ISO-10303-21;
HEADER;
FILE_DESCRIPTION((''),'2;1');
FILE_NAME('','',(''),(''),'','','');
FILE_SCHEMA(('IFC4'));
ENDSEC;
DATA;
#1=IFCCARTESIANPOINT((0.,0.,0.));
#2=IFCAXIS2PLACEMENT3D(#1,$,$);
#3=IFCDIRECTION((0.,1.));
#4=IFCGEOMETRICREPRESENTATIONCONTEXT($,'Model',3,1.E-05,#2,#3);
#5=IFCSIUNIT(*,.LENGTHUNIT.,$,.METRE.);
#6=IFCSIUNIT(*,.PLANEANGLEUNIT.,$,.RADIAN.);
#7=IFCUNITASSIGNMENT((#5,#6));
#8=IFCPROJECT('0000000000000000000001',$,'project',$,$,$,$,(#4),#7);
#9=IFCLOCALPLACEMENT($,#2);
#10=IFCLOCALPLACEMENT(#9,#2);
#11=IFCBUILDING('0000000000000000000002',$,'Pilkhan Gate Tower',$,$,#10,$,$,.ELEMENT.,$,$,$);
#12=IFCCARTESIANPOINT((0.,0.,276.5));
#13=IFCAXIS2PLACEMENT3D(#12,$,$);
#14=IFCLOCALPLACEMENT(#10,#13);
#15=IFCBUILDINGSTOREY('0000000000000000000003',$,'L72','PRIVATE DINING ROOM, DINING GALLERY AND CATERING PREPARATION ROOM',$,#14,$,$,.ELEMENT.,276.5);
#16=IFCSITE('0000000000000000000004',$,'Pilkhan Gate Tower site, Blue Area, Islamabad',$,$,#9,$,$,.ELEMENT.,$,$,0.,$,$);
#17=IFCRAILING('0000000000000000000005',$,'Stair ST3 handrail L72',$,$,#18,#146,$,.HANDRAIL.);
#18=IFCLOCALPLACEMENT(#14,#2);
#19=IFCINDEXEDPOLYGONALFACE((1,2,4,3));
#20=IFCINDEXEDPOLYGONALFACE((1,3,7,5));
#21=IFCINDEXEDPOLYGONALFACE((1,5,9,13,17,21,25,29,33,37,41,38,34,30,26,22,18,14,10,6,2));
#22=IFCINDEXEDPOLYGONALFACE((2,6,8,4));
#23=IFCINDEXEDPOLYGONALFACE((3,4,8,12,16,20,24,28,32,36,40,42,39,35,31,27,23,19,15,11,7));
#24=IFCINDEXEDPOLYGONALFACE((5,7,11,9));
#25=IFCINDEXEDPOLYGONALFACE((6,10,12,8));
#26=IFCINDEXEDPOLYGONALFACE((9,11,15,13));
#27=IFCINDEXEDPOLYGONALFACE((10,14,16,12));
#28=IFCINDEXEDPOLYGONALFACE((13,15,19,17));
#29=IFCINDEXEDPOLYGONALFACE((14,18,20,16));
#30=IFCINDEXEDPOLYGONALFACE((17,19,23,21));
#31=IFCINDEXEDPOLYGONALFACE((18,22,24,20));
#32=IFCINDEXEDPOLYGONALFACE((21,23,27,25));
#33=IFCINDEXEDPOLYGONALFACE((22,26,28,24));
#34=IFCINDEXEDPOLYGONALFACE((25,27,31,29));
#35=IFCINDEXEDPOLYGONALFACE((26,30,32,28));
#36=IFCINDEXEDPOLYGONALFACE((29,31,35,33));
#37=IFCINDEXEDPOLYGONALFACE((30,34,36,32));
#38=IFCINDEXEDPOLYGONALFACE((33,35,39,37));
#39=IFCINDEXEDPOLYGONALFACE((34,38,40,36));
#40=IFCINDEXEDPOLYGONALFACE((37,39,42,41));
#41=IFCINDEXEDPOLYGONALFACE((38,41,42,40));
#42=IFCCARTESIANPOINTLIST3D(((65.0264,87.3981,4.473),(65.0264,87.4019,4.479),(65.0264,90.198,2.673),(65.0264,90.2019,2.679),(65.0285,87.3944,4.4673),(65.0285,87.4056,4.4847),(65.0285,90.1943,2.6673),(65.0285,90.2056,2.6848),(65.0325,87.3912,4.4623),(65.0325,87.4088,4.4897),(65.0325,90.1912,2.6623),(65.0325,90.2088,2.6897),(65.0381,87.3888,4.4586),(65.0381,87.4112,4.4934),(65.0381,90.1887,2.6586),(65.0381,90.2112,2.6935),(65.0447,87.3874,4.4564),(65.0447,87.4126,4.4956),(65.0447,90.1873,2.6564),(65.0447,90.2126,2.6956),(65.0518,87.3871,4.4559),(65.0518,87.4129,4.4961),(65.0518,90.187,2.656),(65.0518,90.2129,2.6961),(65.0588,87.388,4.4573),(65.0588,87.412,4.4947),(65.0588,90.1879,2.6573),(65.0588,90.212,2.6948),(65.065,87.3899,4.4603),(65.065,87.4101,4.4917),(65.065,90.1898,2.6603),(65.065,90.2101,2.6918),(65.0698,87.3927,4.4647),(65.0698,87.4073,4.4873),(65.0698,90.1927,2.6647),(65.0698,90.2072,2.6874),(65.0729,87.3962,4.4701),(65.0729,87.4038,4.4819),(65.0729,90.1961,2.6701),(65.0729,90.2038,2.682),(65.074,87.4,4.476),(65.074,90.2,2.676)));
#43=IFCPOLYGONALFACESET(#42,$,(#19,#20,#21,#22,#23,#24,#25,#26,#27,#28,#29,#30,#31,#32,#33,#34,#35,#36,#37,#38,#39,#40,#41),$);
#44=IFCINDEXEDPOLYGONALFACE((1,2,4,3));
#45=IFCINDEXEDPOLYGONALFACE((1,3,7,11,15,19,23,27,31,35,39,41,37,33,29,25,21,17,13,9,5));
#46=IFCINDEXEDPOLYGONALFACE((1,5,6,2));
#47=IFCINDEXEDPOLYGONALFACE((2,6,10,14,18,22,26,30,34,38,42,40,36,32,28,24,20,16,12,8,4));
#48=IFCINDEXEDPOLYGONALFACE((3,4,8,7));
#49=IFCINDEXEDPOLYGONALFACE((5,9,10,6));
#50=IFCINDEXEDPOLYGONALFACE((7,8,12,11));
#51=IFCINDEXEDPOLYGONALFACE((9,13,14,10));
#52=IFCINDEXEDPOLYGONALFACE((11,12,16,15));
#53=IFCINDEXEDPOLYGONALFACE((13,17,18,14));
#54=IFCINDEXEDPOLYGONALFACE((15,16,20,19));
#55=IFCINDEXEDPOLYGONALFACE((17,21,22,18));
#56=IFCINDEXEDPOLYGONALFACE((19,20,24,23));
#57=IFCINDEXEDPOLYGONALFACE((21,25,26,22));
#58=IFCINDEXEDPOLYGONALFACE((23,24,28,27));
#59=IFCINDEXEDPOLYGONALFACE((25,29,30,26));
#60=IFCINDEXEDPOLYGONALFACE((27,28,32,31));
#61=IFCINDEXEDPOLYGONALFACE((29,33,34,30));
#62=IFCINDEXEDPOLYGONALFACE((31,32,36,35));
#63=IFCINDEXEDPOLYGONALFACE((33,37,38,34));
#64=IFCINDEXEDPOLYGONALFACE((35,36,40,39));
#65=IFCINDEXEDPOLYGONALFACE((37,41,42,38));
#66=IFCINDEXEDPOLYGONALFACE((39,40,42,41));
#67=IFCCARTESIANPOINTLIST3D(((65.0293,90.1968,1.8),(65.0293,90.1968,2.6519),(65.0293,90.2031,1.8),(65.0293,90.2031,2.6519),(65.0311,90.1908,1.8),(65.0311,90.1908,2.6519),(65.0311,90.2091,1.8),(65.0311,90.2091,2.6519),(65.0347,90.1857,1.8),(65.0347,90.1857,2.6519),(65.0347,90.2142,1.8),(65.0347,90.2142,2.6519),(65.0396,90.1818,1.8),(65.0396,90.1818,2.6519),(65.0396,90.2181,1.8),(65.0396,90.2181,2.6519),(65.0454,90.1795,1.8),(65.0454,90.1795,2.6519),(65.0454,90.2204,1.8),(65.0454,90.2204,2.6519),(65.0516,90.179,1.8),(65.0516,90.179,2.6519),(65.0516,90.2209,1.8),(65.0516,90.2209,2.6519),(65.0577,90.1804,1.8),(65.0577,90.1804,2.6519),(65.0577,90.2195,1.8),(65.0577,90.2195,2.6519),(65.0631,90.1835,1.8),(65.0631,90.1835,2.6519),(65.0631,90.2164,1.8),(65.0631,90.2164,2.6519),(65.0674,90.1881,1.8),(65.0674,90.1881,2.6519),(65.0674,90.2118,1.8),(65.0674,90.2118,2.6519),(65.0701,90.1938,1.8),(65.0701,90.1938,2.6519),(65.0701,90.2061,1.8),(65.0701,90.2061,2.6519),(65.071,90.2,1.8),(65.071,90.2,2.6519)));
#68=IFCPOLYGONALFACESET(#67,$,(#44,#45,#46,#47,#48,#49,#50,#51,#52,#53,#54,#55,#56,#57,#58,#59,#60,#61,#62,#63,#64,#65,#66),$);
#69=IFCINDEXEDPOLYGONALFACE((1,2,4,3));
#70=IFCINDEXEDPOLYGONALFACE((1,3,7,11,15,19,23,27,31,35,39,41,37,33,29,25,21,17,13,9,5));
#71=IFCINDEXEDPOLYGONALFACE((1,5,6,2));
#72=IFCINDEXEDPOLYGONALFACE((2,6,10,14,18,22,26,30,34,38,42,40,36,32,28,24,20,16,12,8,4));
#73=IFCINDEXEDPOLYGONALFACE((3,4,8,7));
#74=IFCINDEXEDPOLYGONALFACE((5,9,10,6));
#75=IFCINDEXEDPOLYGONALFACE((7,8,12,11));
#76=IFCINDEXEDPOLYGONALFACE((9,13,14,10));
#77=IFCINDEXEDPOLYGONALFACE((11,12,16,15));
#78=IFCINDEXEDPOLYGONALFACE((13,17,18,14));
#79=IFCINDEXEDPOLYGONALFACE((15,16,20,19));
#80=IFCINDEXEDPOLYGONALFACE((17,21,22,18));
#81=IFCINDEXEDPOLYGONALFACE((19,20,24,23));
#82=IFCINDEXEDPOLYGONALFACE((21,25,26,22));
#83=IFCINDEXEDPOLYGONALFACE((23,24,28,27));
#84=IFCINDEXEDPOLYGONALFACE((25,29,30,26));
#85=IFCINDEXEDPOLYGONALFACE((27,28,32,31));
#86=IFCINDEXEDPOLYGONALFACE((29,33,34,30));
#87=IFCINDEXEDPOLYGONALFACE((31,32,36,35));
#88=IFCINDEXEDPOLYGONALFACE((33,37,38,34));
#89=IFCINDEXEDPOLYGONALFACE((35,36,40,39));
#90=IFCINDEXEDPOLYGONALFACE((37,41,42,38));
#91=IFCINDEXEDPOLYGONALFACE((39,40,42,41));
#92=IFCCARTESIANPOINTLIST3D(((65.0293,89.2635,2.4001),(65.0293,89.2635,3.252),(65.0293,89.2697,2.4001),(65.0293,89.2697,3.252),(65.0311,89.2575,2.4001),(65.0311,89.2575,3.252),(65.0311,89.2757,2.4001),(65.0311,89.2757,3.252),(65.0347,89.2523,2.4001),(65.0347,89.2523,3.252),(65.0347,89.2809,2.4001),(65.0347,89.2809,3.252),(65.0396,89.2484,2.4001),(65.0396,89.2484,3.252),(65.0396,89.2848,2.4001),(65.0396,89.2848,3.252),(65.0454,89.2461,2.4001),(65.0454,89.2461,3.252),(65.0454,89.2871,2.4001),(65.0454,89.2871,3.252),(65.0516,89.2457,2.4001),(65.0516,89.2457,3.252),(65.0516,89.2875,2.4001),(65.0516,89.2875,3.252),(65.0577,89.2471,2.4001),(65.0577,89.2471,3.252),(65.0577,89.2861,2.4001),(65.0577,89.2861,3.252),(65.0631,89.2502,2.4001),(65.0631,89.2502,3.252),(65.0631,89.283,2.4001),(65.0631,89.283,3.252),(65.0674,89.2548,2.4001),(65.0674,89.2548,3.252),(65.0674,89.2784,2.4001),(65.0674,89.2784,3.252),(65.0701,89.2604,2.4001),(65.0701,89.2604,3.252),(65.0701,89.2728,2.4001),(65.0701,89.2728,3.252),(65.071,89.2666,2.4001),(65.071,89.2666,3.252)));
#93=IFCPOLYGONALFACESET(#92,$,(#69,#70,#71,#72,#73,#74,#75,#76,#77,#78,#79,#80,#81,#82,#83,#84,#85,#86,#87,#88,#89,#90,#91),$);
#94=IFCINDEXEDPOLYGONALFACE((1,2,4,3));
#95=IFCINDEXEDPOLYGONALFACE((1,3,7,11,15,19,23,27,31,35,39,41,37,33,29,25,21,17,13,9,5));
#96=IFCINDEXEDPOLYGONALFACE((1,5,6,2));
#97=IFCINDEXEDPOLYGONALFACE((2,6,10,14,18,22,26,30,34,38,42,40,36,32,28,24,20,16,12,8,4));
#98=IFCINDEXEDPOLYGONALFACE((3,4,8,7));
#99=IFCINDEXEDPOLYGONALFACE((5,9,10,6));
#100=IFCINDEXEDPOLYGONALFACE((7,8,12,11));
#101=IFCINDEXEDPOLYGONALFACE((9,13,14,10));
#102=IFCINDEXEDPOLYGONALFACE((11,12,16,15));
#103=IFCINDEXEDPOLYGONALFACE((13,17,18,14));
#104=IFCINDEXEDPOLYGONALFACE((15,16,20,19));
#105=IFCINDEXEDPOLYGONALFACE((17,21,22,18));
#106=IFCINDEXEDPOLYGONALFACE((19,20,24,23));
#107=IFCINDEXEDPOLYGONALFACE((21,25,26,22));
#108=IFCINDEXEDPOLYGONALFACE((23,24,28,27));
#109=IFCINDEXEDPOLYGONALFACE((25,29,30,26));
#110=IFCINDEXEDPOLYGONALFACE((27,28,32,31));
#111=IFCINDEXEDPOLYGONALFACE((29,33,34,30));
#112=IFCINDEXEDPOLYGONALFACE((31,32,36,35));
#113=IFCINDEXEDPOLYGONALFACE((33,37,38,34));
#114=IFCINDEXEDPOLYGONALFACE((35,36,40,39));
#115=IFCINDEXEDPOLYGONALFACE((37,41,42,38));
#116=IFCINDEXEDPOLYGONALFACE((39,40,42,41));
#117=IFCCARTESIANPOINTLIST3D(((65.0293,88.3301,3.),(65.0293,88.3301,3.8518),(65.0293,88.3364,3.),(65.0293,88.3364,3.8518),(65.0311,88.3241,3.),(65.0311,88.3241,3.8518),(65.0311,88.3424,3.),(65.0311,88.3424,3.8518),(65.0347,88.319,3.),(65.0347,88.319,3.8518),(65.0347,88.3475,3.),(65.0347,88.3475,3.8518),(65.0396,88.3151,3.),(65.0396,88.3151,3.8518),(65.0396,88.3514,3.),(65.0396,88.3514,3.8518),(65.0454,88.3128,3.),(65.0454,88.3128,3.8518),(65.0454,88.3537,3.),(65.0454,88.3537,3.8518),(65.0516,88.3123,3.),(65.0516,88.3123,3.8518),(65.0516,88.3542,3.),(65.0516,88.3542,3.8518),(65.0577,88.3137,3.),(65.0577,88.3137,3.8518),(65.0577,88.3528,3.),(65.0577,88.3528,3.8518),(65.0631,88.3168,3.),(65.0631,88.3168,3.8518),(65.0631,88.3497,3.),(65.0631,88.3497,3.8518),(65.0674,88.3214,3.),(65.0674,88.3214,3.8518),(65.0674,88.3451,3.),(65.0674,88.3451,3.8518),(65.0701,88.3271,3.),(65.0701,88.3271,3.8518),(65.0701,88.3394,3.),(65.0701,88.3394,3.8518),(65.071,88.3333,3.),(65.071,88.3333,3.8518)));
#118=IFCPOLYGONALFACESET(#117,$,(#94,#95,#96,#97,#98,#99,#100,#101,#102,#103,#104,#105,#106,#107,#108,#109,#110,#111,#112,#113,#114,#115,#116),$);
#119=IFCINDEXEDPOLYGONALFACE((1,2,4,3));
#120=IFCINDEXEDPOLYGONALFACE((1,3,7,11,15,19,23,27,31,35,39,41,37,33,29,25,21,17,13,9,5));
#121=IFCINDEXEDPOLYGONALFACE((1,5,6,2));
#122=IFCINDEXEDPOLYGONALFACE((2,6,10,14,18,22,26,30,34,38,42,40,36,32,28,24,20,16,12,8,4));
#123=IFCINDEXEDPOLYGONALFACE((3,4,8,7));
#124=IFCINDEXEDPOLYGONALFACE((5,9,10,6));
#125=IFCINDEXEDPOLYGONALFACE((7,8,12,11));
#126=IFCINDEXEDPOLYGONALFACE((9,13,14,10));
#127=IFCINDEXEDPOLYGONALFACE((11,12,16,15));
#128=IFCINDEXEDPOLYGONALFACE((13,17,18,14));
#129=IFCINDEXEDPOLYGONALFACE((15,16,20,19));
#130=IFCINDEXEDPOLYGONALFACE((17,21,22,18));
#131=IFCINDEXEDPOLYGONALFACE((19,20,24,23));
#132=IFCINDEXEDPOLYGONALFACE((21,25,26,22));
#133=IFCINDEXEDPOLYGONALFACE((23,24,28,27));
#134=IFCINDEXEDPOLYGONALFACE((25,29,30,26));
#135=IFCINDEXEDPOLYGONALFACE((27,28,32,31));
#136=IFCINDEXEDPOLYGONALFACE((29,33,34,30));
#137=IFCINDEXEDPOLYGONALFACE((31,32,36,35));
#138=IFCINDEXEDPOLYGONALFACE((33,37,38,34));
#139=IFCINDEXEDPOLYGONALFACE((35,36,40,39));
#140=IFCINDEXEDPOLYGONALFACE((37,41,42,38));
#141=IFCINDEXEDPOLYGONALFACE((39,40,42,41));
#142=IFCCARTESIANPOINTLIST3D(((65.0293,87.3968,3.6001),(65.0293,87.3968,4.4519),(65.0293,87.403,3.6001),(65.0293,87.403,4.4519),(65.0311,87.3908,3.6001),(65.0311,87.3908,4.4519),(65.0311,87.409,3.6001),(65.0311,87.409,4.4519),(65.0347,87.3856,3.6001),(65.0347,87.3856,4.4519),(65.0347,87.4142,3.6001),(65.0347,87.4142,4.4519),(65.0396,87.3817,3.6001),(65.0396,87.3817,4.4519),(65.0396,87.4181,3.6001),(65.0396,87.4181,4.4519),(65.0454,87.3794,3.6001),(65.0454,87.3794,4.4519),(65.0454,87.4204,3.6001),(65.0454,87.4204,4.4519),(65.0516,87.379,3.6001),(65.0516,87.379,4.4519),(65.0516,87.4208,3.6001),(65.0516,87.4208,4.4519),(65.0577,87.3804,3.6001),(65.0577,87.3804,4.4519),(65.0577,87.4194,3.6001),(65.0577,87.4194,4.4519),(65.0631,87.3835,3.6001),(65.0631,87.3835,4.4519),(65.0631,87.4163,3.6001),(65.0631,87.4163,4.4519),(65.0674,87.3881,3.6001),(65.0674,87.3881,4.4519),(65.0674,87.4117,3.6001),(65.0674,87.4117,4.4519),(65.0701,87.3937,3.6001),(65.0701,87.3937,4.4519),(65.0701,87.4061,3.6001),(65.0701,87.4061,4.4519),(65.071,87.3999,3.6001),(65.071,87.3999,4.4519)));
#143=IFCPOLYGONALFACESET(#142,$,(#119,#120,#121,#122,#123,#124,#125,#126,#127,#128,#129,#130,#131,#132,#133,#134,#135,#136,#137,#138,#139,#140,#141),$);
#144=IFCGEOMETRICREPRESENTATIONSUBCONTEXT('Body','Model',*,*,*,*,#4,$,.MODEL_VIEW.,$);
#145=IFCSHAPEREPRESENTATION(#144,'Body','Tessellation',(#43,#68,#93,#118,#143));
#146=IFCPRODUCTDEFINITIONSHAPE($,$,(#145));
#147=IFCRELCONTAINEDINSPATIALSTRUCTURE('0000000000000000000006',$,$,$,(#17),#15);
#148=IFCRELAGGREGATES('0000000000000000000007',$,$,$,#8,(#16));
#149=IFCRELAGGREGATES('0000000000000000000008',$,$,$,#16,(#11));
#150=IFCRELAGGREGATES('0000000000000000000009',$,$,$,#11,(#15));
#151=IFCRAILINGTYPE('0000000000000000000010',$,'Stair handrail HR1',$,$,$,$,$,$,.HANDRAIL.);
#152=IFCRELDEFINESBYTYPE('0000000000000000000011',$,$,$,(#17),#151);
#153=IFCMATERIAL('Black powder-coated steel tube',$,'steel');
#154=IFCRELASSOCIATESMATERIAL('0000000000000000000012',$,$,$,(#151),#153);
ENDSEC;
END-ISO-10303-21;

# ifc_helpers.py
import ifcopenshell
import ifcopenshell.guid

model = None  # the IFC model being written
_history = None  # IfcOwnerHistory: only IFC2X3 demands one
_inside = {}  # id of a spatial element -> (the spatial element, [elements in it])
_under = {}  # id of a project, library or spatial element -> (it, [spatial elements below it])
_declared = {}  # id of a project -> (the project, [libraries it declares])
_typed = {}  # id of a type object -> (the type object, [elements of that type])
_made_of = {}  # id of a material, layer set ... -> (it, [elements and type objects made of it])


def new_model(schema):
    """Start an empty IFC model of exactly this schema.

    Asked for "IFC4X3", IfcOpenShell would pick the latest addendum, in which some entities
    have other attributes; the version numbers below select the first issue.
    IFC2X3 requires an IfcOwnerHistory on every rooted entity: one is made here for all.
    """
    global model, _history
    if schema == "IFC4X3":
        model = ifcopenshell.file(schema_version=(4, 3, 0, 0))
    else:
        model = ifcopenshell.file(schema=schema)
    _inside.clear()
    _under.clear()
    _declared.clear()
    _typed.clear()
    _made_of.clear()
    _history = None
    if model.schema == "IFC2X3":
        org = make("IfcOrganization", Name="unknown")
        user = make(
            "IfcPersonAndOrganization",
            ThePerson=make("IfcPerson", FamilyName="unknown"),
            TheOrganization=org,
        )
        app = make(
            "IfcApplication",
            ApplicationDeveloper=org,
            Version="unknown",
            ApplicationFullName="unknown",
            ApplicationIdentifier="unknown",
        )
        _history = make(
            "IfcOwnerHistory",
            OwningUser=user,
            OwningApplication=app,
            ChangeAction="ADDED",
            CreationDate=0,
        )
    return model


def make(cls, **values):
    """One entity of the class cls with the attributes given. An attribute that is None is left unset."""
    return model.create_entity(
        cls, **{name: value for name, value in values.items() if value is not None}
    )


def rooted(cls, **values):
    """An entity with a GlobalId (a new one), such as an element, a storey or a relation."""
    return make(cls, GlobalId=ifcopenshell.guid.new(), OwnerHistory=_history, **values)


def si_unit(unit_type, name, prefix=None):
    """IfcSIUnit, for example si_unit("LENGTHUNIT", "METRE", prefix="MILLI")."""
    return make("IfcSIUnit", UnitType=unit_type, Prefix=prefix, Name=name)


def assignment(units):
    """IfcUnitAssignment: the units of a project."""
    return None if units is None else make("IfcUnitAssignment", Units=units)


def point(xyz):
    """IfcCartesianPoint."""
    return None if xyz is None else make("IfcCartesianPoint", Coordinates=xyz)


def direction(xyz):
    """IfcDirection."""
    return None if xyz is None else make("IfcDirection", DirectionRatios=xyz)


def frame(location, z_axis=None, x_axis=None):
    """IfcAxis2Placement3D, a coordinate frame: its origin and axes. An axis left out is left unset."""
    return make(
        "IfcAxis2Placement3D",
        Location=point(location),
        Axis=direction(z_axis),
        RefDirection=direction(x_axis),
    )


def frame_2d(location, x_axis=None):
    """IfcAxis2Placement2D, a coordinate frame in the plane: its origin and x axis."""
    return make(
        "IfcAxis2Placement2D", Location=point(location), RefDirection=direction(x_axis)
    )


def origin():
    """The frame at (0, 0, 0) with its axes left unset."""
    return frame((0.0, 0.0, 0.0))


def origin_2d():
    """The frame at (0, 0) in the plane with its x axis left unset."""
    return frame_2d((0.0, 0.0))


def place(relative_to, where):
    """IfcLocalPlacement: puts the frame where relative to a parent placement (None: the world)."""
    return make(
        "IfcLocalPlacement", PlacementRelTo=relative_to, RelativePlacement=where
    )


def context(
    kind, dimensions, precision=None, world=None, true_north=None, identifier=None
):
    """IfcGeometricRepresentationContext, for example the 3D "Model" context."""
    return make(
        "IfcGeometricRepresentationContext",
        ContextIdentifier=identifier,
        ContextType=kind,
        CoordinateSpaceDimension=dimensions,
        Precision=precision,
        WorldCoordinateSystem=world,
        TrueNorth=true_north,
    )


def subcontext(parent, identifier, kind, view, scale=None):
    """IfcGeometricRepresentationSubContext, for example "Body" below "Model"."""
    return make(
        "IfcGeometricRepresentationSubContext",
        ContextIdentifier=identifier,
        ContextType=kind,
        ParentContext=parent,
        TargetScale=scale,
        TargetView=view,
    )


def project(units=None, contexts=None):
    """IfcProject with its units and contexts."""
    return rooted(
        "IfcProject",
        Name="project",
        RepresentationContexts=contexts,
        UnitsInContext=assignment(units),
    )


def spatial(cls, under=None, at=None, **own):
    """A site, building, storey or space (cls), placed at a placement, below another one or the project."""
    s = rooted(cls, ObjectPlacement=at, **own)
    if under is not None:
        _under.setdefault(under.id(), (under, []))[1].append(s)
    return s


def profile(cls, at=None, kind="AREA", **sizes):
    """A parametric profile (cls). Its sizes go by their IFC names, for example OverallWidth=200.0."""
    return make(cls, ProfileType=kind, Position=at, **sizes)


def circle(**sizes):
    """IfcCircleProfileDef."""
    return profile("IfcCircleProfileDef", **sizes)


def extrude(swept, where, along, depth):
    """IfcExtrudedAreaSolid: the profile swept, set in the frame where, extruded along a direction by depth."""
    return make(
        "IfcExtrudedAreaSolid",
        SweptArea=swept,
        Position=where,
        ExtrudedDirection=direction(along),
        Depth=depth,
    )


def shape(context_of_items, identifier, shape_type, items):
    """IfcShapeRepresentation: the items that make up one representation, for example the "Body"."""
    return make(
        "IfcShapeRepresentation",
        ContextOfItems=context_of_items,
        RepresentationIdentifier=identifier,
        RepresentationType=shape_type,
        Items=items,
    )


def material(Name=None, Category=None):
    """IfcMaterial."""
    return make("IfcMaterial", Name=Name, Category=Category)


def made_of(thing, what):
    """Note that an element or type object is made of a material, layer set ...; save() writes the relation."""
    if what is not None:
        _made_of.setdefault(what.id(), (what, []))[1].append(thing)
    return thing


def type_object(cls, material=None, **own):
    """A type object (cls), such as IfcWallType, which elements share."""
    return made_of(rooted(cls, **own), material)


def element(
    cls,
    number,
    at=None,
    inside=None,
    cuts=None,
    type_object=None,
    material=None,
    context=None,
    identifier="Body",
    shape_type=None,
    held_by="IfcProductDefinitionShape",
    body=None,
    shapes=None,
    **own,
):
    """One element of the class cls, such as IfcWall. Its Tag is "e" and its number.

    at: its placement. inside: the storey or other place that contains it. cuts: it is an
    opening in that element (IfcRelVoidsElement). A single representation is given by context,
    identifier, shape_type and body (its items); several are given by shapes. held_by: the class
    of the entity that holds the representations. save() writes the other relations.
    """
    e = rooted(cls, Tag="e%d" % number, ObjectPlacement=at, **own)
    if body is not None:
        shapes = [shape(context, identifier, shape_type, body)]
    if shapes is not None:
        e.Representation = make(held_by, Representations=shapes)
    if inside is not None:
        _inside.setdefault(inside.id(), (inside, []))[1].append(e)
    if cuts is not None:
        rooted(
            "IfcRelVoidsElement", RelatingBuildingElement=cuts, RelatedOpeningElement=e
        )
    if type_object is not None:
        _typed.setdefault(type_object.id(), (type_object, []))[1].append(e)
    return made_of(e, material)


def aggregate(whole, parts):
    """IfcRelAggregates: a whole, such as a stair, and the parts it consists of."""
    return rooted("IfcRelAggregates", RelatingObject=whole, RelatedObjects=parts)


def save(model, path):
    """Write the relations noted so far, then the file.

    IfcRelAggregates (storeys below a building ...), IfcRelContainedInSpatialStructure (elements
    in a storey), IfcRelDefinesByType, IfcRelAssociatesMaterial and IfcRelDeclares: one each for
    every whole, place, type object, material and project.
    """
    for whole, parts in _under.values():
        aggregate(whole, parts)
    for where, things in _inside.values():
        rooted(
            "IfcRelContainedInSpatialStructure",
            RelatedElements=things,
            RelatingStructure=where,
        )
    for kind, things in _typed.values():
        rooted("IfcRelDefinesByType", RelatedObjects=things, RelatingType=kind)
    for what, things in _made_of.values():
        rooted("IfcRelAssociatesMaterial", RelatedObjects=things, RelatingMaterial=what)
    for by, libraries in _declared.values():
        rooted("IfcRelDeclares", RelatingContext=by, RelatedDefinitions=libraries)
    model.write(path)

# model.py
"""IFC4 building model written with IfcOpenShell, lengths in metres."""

from ifc_helpers import new_model, si_unit, direction, frame, origin, origin_2d, place, context, subcontext, project, spatial, circle, extrude, material, type_object, element, save


model = new_model("IFC4")

# Units and contexts
model_context = context("Model", 3, precision=1e-05, world=origin(), true_north=direction((0.0, 1.0)))
body_context = subcontext(model_context, "Body", "Model", "MODEL_VIEW")
ifc_project = project(units=[si_unit("LENGTHUNIT", "METRE"), si_unit("PLANEANGLEUNIT", "RADIAN")], contexts=[model_context])

# Site, building, storey
site_placement = place(None, origin())
site = spatial("IfcSite", under=ifc_project, at=site_placement, Name="Pilkhan Gate Tower site, Blue Area, Islamabad", CompositionType="ELEMENT", RefElevation=0.0)
building_placement = place(site_placement, origin())
building = spatial("IfcBuilding", under=site, at=building_placement, Name="Pilkhan Gate Tower", CompositionType="ELEMENT")
storey_placement = place(building_placement, frame((0.0, 0.0, 276.5)))
storey = spatial("IfcBuildingStorey", under=building, at=storey_placement, Name="L72", Description="PRIVATE DINING ROOM, DINING GALLERY AND CATERING PREPARATION ROOM", CompositionType="ELEMENT", Elevation=276.5)

# Railing
ifc_material_1 = material(Name="Black powder-coated steel tube", Category="steel")
railing_type_1 = type_object("IfcRailingType", Name="Stair handrail HR1", PredefinedType="HANDRAIL", material=ifc_material_1)
railing_1_placement = place(storey_placement, frame((65.05, 90.2, 1.8)))
element("IfcRailing", 1, at=railing_1_placement, inside=storey, type_object=railing_type_1, Name="Stair ST3 handrail L72", PredefinedType="HANDRAIL", context=body_context, shape_type="SweptSolid", body=[
    extrude(circle(Radius=0.0239, at=origin_2d()), frame((0.0, 0.0, 0.876), z_axis=(0.0, -0.841176, 0.540761), x_axis=(1.0, 0.0, 0.0)), (0.0, 0.0, 1.0), 3.3286),
    extrude(circle(Radius=0.021, at=origin_2d()), origin(), (0.0, 0.0, 1.0), 0.8518),
    extrude(circle(Radius=0.021, at=origin_2d()), frame((0.0, -0.9333, 0.6001)), (0.0, 0.0, 1.0), 0.8518),
    extrude(circle(Radius=0.021, at=origin_2d()), frame((0.0, -1.8667, 1.2)), (0.0, 0.0, 1.0), 0.8518),
    extrude(circle(Radius=0.021, at=origin_2d()), frame((0.0, -2.8, 1.8)), (0.0, 0.0, 1.0), 0.8518),
])

save(model, "model.ifc")
